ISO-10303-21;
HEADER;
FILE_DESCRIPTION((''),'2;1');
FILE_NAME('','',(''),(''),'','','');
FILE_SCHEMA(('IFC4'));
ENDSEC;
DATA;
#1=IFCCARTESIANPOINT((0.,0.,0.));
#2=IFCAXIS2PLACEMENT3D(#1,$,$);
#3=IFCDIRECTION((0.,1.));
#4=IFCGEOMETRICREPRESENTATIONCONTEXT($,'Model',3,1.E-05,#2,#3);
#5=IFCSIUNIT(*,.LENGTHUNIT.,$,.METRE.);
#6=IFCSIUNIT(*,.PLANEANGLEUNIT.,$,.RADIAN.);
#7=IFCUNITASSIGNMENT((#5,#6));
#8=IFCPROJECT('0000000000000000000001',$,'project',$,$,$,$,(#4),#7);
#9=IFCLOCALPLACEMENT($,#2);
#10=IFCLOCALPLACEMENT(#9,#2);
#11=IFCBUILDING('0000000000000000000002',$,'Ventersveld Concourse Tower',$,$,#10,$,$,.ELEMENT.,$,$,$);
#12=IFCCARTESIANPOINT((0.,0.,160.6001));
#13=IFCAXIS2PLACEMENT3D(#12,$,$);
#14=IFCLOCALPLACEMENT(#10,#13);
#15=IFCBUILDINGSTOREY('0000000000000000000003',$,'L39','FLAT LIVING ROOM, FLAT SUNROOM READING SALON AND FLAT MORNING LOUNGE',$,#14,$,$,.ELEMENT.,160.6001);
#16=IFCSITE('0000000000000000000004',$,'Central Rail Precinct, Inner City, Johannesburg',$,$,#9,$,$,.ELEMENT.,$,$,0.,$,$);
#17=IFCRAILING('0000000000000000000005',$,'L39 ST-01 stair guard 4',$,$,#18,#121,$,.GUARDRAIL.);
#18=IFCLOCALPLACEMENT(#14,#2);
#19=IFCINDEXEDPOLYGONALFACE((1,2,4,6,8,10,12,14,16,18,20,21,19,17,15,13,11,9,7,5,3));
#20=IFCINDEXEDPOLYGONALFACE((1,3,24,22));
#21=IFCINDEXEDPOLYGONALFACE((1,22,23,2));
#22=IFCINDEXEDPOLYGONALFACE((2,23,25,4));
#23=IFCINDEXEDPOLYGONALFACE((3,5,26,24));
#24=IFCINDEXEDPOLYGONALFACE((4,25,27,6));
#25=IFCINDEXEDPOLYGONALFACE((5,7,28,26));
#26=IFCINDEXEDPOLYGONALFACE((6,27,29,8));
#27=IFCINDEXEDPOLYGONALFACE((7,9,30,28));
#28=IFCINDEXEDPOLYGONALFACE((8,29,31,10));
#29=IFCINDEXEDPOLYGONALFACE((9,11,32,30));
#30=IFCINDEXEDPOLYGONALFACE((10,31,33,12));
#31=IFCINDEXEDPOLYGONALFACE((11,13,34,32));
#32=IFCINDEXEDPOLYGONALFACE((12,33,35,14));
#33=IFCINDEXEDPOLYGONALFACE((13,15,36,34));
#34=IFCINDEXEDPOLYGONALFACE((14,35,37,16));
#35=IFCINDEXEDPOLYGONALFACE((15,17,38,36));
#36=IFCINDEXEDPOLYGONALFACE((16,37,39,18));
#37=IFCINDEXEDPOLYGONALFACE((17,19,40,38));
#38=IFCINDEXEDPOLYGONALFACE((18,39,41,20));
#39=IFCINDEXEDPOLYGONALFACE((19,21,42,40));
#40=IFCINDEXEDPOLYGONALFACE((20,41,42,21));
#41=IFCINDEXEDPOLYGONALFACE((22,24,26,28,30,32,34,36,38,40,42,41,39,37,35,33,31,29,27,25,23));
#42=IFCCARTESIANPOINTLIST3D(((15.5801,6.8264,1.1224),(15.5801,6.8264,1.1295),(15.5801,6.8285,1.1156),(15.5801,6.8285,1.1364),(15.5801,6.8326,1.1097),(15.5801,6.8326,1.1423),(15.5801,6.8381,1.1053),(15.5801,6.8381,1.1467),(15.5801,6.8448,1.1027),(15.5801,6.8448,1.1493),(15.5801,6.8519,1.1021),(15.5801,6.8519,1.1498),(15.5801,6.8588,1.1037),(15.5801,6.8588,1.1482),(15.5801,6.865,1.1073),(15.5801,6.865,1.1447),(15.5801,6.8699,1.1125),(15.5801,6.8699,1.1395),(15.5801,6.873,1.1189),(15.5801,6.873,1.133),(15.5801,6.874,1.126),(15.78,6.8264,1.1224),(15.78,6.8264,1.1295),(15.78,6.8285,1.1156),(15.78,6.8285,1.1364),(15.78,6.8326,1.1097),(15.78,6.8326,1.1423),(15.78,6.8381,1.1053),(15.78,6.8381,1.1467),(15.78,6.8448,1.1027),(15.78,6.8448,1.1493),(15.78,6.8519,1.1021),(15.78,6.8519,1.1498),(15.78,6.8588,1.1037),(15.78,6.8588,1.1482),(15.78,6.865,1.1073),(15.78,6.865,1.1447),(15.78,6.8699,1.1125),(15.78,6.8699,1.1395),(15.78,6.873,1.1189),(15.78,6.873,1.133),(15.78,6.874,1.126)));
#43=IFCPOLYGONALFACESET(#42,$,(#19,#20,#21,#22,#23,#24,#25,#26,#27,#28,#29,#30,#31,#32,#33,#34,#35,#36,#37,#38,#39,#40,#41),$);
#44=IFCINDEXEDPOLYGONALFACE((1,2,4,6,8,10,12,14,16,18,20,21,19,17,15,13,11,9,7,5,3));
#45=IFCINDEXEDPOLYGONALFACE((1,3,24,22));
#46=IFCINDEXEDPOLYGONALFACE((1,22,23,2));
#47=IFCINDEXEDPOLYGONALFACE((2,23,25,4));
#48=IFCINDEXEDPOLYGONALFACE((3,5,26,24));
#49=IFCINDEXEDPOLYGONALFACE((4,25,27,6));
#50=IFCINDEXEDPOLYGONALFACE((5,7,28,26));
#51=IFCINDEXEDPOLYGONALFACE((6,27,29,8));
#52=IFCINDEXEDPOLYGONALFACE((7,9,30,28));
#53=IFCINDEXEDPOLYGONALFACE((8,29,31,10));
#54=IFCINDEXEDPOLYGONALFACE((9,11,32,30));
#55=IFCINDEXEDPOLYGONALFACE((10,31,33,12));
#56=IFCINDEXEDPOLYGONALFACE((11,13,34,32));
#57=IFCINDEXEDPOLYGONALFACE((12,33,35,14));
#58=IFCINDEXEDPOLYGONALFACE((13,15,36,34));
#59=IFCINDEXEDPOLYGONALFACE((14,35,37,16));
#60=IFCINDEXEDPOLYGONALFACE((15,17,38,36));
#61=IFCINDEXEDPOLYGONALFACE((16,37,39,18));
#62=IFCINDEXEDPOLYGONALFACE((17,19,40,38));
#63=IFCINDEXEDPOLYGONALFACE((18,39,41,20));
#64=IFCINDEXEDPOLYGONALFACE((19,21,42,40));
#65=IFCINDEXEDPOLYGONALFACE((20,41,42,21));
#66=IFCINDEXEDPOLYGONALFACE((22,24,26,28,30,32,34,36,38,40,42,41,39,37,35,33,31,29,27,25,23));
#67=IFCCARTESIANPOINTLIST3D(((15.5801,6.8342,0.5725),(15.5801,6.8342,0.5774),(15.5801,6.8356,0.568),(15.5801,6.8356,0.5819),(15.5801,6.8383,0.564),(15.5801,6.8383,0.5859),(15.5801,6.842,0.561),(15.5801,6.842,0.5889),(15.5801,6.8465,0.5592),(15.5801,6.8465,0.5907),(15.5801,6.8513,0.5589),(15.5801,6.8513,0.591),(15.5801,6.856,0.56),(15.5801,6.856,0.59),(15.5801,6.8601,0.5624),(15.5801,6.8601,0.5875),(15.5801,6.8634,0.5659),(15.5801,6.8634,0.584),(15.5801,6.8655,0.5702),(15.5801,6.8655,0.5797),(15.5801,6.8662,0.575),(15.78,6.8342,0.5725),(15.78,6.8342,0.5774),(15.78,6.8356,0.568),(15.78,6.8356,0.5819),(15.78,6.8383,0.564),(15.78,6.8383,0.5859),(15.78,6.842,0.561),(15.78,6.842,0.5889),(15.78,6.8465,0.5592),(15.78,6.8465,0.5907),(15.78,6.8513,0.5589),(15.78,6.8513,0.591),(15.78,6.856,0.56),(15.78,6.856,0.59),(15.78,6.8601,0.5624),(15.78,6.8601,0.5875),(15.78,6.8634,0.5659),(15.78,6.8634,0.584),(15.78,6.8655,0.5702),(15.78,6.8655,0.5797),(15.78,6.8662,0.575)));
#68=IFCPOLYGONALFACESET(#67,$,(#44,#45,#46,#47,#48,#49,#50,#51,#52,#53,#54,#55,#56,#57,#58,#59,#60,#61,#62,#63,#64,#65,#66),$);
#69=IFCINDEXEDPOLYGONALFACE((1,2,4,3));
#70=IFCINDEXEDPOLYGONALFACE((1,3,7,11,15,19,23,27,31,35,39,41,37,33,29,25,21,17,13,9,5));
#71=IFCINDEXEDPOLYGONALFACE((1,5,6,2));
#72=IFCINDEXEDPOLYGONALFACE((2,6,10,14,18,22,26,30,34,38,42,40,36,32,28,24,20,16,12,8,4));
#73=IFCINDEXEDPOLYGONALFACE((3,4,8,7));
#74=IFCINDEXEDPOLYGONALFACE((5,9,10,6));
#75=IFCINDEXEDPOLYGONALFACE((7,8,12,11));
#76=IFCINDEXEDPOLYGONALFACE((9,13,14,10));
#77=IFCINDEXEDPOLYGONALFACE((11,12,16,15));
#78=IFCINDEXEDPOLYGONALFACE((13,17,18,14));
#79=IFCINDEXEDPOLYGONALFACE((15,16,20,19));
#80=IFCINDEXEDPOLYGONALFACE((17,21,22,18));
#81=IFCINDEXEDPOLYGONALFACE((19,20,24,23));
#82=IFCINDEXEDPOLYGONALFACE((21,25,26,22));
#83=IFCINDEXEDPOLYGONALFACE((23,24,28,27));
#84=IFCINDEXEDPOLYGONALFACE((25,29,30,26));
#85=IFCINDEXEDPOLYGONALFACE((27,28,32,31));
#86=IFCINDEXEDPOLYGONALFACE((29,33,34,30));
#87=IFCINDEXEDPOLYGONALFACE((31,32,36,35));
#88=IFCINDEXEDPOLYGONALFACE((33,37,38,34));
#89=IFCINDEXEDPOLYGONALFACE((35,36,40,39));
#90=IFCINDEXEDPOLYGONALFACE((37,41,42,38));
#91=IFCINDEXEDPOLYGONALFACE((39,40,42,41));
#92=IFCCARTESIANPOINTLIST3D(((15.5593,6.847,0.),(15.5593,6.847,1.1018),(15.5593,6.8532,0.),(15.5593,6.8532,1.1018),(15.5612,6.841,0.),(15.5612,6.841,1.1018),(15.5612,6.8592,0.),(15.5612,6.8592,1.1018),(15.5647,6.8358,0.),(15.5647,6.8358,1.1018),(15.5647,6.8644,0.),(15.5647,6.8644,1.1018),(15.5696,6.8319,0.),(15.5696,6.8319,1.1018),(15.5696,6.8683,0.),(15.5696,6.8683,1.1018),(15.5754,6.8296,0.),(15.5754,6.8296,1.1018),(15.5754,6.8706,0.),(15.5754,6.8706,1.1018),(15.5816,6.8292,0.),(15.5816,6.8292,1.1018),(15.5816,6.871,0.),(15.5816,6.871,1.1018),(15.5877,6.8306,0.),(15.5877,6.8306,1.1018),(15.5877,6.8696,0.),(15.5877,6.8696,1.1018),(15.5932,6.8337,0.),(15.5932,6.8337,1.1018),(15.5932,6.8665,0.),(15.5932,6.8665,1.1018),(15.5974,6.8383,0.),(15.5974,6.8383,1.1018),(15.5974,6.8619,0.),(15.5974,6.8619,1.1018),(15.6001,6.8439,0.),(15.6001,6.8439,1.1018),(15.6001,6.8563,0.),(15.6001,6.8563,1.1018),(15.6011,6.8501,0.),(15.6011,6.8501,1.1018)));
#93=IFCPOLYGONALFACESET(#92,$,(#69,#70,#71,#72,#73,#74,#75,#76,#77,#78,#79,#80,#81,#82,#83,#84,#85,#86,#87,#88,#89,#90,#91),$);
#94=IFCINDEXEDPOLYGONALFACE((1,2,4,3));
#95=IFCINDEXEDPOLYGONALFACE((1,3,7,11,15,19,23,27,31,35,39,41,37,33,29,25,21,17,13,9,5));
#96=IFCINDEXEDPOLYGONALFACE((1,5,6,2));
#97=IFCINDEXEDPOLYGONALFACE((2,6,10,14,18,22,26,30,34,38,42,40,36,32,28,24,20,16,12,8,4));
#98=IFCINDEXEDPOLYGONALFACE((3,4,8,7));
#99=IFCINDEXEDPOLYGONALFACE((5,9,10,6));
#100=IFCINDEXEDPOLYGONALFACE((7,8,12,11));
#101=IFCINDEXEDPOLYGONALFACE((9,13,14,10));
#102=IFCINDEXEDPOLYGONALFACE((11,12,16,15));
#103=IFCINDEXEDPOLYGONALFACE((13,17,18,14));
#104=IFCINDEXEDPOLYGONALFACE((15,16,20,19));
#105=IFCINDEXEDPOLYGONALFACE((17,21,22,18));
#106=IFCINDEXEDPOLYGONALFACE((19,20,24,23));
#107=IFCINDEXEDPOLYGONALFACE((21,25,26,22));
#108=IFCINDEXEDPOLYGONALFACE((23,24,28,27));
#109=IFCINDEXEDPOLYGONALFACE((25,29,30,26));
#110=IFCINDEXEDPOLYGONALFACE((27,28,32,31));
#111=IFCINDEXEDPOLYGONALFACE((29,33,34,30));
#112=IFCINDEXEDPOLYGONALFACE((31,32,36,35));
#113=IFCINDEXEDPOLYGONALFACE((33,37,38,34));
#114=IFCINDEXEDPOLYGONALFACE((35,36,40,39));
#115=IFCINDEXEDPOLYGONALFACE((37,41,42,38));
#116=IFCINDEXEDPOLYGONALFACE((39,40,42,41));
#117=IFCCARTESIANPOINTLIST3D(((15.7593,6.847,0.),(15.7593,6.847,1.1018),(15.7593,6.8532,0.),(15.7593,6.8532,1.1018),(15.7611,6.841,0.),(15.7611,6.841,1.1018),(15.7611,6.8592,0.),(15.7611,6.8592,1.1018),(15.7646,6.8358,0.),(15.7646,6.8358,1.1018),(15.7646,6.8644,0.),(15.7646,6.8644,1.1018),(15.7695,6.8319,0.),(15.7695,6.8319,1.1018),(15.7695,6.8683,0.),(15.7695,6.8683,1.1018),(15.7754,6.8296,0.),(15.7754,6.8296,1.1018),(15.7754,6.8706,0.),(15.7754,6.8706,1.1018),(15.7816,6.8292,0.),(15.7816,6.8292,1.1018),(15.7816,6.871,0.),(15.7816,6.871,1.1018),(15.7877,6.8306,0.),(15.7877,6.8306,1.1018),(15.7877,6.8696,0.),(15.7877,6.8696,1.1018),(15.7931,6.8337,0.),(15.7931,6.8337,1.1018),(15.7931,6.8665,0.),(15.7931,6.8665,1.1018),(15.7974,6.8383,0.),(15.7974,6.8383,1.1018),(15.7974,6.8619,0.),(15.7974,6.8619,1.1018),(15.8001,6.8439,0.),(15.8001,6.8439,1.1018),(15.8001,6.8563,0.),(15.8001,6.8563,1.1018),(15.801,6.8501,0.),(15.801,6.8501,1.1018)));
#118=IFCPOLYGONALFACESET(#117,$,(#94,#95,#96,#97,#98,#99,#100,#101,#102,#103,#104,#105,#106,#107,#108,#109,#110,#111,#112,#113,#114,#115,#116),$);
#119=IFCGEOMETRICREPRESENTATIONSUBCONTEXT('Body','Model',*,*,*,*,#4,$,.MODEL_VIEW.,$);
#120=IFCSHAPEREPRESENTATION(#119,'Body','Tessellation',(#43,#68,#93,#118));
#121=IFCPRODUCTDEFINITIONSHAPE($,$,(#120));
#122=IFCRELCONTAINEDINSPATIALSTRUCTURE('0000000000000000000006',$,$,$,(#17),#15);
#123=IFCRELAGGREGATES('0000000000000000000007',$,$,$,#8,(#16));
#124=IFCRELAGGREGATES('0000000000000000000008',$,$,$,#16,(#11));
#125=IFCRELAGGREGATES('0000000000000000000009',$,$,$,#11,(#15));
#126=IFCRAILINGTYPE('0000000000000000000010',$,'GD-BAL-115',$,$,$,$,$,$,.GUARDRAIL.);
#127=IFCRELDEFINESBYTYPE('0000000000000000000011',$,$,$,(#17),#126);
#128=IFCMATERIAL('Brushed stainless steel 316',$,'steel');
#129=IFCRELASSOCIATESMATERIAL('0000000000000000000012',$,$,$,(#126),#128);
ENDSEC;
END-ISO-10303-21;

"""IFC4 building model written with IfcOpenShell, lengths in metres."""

from ifc_helpers import new_model, si_unit, direction, frame, origin, origin_2d, place, context, subcontext, project, spatial, circle, extrude, material, type_object, element, save


model = new_model("IFC4")

# Units and contexts
model_context = context("Model", 3, precision=1e-05, world=origin(), true_north=direction((0.0, 1.0)))
body_context = subcontext(model_context, "Body", "Model", "MODEL_VIEW")
ifc_project = project(units=[si_unit("LENGTHUNIT", "METRE"), si_unit("PLANEANGLEUNIT", "RADIAN")], contexts=[model_context])

# Site, building, storey
site_placement = place(None, origin())
site = spatial("IfcSite", under=ifc_project, at=site_placement, Name="Central Rail Precinct, Inner City, Johannesburg", CompositionType="ELEMENT", RefElevation=0.0)
building_placement = place(site_placement, origin())
building = spatial("IfcBuilding", under=site, at=building_placement, Name="Ventersveld Concourse Tower", CompositionType="ELEMENT")
storey_placement = place(building_placement, frame((0.0, 0.0, 160.6001)))
storey = spatial("IfcBuildingStorey", under=building, at=storey_placement, Name="L39", Description="FLAT LIVING ROOM, FLAT SUNROOM READING SALON AND FLAT MORNING LOUNGE", CompositionType="ELEMENT", Elevation=160.6001)

# Railing
ifc_material_1 = material(Name="Brushed stainless steel 316", Category="steel")
railing_type_1 = type_object("IfcRailingType", Name="GD-BAL-115", PredefinedType="GUARDRAIL", material=ifc_material_1)
for number, where, name in (
    (1, (15.5801, 6.8501, 0.0), "L39 ST-01 stair guard 4"),
):
    element("IfcRailing", number, at=place(storey_placement, frame(where)), inside=storey, type_object=railing_type_1, Name=name, PredefinedType="GUARDRAIL", context=body_context, shape_type="SweptSolid", body=[
        extrude(circle(Radius=0.0239, at=origin_2d()), frame((0.0, 0.0, 1.126), z_axis=(1.0, 0.0, 0.0), x_axis=(0.0, 1.0, 0.0)), (0.0, 0.0, 1.0), 0.2),
        extrude(circle(Radius=0.0161, at=origin_2d()), frame((0.0, 0.0, 0.575), z_axis=(1.0, 0.0, 0.0), x_axis=(0.0, 1.0, 0.0)), (0.0, 0.0, 1.0), 0.2),
        extrude(circle(Radius=0.021, at=origin_2d()), origin(), (0.0, 0.0, 1.0), 1.1018),
        extrude(circle(Radius=0.021, at=origin_2d()), frame((0.2, 0.0, 0.0)), (0.0, 0.0, 1.0), 1.1018),
    ])

save(model, "model.ifc")
